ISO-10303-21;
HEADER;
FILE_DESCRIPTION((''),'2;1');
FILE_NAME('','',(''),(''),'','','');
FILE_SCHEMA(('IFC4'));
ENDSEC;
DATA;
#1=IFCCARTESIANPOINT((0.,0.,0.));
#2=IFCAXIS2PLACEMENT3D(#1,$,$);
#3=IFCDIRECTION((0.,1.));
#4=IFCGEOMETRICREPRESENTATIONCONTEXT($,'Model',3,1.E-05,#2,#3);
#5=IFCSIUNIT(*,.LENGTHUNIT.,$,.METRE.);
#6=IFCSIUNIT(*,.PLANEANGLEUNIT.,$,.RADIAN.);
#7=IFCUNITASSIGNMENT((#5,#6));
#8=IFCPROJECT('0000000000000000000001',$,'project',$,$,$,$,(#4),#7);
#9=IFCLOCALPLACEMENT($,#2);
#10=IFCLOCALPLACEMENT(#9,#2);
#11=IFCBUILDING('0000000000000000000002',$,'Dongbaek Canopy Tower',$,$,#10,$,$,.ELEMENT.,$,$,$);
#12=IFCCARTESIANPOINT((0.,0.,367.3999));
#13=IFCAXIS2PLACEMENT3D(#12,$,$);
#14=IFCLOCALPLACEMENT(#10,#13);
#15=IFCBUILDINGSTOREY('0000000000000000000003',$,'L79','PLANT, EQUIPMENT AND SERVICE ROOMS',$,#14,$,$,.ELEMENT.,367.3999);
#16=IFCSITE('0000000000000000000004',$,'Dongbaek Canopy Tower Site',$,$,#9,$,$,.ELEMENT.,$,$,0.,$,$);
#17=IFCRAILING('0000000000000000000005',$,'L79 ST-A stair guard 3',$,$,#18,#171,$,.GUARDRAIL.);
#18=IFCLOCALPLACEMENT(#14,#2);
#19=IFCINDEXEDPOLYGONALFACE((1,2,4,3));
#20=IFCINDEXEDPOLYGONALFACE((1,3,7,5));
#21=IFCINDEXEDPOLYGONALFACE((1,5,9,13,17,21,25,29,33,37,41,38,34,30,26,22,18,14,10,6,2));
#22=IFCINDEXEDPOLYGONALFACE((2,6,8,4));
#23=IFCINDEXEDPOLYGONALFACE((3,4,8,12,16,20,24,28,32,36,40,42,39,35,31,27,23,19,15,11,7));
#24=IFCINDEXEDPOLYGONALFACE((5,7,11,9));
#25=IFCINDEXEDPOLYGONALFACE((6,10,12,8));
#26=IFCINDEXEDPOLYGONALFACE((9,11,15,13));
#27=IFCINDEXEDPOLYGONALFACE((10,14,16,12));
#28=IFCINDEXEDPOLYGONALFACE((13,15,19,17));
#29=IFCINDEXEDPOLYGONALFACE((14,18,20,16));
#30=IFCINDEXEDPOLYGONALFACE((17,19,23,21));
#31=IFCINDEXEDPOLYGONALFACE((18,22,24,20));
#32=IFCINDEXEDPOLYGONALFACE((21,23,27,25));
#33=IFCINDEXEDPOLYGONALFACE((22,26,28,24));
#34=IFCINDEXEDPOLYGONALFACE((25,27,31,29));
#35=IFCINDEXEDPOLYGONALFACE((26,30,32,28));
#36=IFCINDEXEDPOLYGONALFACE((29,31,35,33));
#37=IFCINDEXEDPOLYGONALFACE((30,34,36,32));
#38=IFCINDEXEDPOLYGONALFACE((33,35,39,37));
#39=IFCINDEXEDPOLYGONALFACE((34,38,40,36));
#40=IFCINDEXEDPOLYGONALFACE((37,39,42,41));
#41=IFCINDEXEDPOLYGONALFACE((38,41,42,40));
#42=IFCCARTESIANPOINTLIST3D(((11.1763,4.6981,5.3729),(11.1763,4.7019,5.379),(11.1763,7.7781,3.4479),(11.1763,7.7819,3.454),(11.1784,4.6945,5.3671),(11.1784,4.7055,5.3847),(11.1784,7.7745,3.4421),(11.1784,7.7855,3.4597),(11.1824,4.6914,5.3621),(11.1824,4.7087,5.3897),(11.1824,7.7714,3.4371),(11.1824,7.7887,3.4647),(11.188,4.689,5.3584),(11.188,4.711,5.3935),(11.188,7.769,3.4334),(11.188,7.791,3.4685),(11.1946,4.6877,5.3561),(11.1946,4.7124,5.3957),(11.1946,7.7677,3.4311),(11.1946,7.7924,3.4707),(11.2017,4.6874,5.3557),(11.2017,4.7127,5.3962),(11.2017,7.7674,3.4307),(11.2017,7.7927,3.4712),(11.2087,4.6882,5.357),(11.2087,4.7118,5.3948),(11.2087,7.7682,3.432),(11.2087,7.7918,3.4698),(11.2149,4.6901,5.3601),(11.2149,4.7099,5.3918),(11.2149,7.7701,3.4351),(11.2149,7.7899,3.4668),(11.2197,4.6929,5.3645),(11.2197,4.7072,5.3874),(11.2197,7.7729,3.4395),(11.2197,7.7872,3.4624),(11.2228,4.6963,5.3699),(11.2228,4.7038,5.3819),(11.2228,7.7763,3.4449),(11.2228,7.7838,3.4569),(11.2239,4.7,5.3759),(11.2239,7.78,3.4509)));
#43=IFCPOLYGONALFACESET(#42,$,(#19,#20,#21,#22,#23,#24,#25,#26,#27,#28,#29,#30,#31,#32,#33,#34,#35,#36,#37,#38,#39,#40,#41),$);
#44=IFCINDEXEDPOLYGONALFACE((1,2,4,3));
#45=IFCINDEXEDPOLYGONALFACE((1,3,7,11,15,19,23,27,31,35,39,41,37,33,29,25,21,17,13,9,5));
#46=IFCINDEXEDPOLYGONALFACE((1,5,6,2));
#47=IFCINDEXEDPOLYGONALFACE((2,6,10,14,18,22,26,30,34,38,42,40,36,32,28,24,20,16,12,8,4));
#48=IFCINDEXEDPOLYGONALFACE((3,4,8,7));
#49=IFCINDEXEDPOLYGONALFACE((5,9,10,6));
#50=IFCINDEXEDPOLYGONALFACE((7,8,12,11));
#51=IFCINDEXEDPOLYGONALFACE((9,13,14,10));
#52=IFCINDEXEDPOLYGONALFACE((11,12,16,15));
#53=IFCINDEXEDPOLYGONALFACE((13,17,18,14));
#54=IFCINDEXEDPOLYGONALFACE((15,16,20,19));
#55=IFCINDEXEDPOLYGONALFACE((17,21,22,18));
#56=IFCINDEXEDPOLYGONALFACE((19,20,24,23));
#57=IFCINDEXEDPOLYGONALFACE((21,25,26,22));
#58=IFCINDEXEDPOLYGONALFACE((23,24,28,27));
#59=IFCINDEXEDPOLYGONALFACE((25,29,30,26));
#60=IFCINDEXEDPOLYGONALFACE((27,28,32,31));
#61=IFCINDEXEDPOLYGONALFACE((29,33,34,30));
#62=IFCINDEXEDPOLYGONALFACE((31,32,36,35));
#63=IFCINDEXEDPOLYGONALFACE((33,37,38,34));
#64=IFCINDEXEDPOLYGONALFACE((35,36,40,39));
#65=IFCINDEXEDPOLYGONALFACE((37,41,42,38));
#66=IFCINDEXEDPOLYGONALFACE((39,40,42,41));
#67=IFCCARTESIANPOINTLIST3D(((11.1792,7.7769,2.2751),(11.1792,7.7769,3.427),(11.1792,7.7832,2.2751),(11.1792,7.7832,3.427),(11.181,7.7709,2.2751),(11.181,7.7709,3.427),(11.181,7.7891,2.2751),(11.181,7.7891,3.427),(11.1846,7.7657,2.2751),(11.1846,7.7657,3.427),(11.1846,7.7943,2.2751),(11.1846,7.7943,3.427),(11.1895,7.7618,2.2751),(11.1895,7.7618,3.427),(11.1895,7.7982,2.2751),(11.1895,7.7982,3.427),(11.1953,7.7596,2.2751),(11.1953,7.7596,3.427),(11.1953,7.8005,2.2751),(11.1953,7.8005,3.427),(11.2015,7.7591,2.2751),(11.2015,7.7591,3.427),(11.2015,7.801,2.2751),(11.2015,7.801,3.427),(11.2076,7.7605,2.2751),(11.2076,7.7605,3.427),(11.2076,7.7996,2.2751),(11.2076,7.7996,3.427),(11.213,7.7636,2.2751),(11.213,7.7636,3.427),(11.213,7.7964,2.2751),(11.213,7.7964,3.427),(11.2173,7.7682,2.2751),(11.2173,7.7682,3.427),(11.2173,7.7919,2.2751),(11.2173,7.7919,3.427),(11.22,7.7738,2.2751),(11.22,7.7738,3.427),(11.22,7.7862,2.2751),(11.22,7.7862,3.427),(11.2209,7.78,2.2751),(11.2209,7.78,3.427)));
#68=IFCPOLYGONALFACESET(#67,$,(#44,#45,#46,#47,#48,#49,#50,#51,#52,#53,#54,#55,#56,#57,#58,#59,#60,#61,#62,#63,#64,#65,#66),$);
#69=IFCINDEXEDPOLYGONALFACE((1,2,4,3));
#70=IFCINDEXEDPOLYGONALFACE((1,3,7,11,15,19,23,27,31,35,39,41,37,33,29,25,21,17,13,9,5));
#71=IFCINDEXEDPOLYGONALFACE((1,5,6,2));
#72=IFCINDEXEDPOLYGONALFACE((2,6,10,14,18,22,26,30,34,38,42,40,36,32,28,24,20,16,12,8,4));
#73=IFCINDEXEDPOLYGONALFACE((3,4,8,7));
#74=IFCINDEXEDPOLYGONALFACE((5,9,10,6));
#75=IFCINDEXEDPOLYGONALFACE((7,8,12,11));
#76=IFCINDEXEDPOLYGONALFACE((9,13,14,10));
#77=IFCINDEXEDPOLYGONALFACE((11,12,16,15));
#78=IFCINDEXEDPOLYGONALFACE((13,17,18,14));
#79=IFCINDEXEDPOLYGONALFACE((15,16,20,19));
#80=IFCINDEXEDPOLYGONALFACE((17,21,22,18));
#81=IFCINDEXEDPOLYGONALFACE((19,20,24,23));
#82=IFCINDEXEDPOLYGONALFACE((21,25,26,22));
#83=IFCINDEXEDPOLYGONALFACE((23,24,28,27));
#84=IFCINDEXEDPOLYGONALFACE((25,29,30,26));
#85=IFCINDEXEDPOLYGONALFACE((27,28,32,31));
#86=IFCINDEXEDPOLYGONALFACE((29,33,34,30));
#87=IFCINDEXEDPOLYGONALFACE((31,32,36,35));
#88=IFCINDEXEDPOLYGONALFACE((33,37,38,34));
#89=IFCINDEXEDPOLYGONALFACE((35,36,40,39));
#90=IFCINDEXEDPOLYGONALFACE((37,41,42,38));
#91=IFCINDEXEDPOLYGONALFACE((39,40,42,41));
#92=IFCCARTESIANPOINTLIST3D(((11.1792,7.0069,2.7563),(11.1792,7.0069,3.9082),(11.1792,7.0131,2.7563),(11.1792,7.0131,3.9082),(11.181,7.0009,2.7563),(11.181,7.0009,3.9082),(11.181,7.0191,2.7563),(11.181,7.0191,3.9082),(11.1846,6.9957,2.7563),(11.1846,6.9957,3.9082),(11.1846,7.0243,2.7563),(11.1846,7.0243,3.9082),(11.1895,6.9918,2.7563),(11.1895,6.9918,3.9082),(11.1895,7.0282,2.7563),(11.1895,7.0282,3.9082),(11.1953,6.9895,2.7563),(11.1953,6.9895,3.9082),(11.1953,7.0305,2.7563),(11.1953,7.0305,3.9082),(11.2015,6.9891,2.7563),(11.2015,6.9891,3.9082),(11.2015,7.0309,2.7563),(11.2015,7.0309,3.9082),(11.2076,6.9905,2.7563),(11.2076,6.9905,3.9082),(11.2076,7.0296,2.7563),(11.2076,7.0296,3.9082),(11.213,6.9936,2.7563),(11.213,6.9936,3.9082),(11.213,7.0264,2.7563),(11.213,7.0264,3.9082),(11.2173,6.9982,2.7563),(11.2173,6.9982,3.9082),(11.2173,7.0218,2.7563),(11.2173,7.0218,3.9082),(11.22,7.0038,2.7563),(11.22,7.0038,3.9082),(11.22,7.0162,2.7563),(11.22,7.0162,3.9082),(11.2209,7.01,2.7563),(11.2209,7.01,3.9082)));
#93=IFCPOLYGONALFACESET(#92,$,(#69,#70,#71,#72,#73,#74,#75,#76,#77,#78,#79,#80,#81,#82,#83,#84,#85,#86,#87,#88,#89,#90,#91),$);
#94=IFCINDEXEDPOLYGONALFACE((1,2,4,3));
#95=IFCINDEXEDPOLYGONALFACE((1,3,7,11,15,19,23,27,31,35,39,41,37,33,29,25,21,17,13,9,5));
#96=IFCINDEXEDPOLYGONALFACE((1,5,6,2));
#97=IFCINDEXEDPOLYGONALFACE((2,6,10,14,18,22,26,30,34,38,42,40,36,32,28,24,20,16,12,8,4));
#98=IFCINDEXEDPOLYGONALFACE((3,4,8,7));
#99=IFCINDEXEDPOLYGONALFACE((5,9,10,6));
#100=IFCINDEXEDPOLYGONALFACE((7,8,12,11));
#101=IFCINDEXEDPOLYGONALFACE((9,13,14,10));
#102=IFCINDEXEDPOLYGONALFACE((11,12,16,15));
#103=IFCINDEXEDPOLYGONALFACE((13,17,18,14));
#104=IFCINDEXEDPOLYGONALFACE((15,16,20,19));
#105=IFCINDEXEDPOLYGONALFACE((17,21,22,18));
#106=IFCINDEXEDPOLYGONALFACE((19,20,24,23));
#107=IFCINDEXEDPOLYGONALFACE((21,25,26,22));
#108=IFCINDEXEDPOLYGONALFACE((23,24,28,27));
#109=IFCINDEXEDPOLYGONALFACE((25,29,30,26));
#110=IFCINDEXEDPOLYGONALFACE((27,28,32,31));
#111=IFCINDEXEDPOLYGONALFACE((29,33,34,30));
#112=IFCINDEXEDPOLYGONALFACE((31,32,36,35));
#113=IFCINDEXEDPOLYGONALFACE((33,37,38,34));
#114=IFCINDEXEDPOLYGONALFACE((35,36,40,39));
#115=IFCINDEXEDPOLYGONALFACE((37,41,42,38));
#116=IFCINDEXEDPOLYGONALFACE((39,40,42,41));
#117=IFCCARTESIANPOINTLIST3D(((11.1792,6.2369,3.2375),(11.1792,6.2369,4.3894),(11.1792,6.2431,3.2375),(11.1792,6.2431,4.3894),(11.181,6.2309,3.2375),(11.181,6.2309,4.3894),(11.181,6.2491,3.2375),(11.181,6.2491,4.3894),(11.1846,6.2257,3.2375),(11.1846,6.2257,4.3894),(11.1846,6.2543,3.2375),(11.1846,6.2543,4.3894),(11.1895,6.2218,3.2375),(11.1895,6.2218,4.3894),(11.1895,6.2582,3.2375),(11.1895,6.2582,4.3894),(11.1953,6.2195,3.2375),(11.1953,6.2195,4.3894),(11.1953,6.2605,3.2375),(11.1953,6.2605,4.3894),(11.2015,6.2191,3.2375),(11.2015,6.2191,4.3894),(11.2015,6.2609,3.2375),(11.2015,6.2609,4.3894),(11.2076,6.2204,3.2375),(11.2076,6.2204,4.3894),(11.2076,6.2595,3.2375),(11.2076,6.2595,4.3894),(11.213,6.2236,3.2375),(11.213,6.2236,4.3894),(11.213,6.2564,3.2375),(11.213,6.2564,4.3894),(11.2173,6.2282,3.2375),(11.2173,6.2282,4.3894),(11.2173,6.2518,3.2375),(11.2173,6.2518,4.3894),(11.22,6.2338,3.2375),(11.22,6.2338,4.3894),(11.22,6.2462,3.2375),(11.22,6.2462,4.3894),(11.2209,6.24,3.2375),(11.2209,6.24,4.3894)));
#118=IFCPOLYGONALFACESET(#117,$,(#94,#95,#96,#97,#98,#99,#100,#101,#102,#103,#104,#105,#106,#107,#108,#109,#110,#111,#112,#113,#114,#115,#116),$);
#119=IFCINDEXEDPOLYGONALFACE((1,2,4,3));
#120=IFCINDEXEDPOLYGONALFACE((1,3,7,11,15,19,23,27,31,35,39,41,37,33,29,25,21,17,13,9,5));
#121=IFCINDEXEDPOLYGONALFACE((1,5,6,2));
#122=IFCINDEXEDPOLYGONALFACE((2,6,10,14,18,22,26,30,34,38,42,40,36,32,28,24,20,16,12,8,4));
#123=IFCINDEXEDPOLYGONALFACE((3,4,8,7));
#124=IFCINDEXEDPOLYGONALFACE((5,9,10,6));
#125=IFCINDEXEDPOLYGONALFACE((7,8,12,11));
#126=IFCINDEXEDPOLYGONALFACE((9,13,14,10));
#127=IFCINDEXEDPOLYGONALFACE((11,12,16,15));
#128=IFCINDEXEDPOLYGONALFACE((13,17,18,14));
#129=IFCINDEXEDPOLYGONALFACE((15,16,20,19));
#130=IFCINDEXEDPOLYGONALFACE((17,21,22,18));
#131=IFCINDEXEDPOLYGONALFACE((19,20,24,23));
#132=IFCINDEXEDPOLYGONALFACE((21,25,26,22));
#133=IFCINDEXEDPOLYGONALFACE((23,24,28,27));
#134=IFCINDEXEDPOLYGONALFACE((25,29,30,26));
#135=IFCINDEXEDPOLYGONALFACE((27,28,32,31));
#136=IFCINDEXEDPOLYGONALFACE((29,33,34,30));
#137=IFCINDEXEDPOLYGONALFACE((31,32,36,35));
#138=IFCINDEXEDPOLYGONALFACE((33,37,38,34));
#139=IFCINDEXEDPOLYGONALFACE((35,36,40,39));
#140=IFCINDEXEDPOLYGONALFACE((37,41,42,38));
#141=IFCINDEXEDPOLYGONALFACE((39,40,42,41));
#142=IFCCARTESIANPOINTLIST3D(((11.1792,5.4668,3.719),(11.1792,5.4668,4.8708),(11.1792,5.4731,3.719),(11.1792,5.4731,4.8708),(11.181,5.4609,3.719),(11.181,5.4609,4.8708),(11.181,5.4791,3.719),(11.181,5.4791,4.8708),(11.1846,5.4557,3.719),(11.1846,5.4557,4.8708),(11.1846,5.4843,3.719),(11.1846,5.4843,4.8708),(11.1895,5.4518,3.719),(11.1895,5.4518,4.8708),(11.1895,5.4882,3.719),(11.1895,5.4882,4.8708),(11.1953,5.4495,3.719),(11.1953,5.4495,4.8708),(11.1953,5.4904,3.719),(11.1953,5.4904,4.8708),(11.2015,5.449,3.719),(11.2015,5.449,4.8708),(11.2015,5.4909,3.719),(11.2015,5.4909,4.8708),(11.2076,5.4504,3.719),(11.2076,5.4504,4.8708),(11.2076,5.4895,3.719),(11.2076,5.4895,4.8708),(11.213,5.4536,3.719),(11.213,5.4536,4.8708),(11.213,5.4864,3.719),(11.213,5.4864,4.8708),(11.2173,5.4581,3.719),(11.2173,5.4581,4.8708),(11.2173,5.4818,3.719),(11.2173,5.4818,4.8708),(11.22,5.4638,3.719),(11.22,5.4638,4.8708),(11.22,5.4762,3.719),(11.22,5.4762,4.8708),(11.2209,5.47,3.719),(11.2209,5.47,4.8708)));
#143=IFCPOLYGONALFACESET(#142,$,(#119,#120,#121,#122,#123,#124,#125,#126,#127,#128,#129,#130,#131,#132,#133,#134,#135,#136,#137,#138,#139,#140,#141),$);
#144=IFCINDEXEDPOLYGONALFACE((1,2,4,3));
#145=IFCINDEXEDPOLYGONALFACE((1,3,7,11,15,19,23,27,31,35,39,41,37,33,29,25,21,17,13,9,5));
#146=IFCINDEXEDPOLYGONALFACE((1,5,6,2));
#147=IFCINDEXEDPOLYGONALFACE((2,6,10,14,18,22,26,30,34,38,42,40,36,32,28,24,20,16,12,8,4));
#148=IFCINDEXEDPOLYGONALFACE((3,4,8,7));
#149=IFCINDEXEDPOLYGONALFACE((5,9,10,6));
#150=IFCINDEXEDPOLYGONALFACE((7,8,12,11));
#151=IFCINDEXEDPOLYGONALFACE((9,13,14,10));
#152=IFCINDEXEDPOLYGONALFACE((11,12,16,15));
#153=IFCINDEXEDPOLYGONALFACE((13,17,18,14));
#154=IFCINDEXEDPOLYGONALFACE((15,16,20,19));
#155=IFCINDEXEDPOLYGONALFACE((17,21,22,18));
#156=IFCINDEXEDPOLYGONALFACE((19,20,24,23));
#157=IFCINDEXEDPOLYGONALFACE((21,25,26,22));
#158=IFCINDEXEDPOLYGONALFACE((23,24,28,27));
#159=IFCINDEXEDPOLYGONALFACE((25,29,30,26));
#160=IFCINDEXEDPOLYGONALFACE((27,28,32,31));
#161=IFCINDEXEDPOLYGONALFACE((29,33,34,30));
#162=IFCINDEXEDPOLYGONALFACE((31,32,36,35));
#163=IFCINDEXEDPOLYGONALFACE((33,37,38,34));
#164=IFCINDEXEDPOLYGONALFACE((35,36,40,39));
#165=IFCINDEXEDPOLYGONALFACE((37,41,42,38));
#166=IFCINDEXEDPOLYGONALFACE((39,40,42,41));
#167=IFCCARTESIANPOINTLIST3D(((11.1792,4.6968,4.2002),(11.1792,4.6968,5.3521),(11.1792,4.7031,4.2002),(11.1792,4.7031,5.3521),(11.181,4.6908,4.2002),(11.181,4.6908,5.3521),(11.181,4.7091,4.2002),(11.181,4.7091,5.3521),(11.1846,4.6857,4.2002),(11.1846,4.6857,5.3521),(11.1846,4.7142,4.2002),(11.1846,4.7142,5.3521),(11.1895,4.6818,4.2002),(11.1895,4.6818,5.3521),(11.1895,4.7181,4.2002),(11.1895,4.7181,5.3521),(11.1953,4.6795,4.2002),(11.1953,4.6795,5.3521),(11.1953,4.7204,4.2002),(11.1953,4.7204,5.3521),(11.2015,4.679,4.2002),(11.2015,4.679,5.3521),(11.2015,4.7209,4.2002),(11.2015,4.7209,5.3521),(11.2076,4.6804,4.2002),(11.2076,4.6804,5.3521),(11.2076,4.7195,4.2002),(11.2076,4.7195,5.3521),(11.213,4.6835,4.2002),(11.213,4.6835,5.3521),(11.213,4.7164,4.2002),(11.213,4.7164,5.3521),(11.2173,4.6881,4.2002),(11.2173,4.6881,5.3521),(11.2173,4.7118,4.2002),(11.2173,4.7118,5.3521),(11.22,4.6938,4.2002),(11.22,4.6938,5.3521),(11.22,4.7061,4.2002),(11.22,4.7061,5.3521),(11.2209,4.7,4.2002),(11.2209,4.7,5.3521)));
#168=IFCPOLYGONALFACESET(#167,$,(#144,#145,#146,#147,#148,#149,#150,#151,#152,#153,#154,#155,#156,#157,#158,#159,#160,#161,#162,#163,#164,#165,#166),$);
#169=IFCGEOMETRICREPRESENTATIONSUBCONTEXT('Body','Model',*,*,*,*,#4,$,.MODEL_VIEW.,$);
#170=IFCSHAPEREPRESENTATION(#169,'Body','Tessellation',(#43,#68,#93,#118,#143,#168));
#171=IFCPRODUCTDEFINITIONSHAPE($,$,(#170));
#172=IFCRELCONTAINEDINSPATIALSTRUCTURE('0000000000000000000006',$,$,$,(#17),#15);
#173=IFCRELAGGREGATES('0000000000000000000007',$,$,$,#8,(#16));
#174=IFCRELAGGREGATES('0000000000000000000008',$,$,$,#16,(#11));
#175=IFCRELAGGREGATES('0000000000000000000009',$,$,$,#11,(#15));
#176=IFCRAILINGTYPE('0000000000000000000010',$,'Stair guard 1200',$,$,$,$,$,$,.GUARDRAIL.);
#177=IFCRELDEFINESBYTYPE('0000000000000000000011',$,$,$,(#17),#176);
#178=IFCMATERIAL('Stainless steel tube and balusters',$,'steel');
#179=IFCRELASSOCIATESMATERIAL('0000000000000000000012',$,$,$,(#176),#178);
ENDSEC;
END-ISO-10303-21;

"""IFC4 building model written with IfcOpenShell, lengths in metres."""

from ifc_helpers import new_model, si_unit, direction, frame, origin, origin_2d, place, context, subcontext, project, spatial, circle, extrude, material, type_object, element, save


model = new_model("IFC4")

# Units and contexts
model_context = context("Model", 3, precision=1e-05, world=origin(), true_north=direction((0.0, 1.0)))
body_context = subcontext(model_context, "Body", "Model", "MODEL_VIEW")
ifc_project = project(units=[si_unit("LENGTHUNIT", "METRE"), si_unit("PLANEANGLEUNIT", "RADIAN")], contexts=[model_context])

# Site, building, storey
site_placement = place(None, origin())
site = spatial("IfcSite", under=ifc_project, at=site_placement, Name="Dongbaek Canopy Tower Site", CompositionType="ELEMENT", RefElevation=0.0)
building_placement = place(site_placement, origin())
building = spatial("IfcBuilding", under=site, at=building_placement, Name="Dongbaek Canopy Tower", CompositionType="ELEMENT")
storey_placement = place(building_placement, frame((0.0, 0.0, 367.3999)))
storey = spatial("IfcBuildingStorey", under=building, at=storey_placement, Name="L79", Description="PLANT, EQUIPMENT AND SERVICE ROOMS", CompositionType="ELEMENT", Elevation=367.3999)

# Railing
ifc_material_1 = material(Name="Stainless steel tube and balusters", Category="steel")
railing_type_1 = type_object("IfcRailingType", Name="Stair guard 1200", PredefinedType="GUARDRAIL", material=ifc_material_1)
railing_1_placement = place(storey_placement, frame((11.2, 7.78, 2.2751)))
element("IfcRailing", 1, at=railing_1_placement, inside=storey, type_object=railing_type_1, Name="L79 ST-A stair guard 3", PredefinedType="GUARDRAIL", context=body_context, shape_type="SweptSolid", body=[
    extrude(circle(Radius=0.0239, at=origin_2d()), frame((0.0, 0.0, 1.1758), z_axis=(0.0, -0.847998, 0.529999), x_axis=(1.0, 0.0, 0.0)), (0.0, 0.0, 1.0), 3.6321),
    extrude(circle(Radius=0.021, at=origin_2d()), origin(), (0.0, 0.0, 1.0), 1.1519),
    extrude(circle(Radius=0.021, at=origin_2d()), frame((0.0, -0.77, 0.4812)), (0.0, 0.0, 1.0), 1.1519),
    extrude(circle(Radius=0.021, at=origin_2d()), frame((0.0, -1.54, 0.9624)), (0.0, 0.0, 1.0), 1.1519),
    extrude(circle(Radius=0.021, at=origin_2d()), frame((0.0, -2.3101, 1.4438)), (0.0, 0.0, 1.0), 1.1519),
    extrude(circle(Radius=0.021, at=origin_2d()), frame((0.0, -3.0801, 1.925)), (0.0, 0.0, 1.0), 1.1519),
])

save(model, "model.ifc")
